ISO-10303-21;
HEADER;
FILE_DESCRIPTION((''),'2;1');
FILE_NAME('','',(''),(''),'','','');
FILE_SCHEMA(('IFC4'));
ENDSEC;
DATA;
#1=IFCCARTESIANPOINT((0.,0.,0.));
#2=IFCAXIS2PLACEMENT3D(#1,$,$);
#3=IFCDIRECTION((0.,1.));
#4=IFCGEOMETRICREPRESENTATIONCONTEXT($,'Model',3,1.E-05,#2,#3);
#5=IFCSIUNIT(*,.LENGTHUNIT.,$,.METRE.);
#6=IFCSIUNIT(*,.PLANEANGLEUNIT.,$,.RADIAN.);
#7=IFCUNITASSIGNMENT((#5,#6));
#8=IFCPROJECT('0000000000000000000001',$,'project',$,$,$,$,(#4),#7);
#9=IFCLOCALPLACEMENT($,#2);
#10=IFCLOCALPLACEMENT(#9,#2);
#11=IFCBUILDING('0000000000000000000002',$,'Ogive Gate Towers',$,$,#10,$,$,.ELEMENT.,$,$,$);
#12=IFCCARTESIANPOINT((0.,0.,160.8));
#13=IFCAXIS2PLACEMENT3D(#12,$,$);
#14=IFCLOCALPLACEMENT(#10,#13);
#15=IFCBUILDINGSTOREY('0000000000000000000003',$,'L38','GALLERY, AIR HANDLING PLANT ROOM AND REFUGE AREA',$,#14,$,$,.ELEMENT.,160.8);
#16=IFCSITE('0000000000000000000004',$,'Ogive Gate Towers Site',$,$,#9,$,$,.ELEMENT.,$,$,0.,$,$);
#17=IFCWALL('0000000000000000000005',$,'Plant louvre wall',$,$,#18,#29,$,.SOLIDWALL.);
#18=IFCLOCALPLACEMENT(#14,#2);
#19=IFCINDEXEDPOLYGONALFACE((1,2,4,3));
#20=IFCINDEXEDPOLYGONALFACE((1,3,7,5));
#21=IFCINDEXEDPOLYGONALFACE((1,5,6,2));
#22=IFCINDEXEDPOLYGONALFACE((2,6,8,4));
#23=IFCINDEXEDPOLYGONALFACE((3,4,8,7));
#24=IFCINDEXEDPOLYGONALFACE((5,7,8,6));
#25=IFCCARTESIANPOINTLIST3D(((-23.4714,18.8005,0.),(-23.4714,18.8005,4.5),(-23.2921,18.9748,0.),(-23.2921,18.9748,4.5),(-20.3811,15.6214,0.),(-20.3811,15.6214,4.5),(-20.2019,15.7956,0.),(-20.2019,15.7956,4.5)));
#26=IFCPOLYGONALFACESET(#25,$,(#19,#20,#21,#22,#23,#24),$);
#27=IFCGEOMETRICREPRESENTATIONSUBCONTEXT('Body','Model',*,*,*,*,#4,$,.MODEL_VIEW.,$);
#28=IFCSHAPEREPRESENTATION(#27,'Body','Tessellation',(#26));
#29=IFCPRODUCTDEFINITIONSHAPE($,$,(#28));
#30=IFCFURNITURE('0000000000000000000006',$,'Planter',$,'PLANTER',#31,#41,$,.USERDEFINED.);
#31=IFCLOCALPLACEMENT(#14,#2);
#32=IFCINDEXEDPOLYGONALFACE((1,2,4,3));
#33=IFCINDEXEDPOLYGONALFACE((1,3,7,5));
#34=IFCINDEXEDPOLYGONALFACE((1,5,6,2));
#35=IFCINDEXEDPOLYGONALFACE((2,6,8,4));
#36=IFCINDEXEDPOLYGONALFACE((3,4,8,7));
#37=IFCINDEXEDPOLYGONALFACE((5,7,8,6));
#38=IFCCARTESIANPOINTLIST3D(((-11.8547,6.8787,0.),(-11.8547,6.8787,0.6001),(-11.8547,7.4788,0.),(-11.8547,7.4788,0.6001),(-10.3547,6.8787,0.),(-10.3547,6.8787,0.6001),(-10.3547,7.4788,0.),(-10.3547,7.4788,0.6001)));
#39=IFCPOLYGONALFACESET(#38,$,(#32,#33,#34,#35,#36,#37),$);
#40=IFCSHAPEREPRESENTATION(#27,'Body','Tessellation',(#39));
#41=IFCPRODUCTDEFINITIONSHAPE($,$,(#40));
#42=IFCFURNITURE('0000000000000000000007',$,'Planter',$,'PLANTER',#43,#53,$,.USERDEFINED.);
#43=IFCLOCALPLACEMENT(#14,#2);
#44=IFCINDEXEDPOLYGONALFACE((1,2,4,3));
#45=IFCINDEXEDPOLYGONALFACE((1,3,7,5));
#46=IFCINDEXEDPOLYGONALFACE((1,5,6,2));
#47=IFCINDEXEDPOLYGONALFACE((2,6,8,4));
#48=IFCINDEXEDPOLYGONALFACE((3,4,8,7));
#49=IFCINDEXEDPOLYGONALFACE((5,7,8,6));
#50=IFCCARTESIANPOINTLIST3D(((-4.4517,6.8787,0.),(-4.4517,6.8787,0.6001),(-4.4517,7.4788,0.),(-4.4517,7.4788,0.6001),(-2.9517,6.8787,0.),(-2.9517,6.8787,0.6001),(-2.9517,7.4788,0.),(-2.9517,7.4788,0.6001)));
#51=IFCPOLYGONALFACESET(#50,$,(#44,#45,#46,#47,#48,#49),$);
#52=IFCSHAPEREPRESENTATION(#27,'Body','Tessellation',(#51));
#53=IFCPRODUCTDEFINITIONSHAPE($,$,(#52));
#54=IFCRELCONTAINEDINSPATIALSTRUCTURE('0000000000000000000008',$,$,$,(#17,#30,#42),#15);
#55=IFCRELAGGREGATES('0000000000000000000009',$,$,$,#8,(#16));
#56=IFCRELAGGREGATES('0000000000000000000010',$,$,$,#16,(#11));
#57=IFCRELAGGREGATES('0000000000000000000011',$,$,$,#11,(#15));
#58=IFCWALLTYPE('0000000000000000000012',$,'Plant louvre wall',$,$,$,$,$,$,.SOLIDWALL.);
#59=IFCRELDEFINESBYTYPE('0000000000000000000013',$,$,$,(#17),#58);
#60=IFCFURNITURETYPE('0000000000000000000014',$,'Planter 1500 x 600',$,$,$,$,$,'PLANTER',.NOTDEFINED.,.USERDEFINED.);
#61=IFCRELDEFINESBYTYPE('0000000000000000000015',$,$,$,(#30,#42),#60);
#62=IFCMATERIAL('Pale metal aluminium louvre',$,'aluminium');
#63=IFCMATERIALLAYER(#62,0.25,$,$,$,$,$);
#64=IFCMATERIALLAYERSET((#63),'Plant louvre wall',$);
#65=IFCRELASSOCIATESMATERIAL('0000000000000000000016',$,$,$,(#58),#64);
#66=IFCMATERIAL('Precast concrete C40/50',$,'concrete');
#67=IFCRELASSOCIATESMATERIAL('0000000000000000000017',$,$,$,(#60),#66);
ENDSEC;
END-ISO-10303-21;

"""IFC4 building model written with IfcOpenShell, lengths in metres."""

from ifc_helpers import new_model, si_unit, direction, frame, frame_2d, origin, origin_2d, place, context, subcontext, project, spatial, rectangle, extrude, material, layer, layer_set, type_object, element, save


model = new_model("IFC4")

# Units and contexts
model_context = context("Model", 3, precision=1e-05, world=origin(), true_north=direction((0.0, 1.0)))
body_context = subcontext(model_context, "Body", "Model", "MODEL_VIEW")
ifc_project = project(units=[si_unit("LENGTHUNIT", "METRE"), si_unit("PLANEANGLEUNIT", "RADIAN")], contexts=[model_context])

# Site, building, storey
site_placement = place(None, origin())
site = spatial("IfcSite", under=ifc_project, at=site_placement, Name="Ogive Gate Towers Site", CompositionType="ELEMENT", RefElevation=0.0)
building_placement = place(site_placement, origin())
building = spatial("IfcBuilding", under=site, at=building_placement, Name="Ogive Gate Towers", CompositionType="ELEMENT")
storey_placement = place(building_placement, frame((0.0, 0.0, 160.8)))
storey = spatial("IfcBuildingStorey", under=building, at=storey_placement, Name="L38", Description="GALLERY, AIR HANDLING PLANT ROOM AND REFUGE AREA", CompositionType="ELEMENT", Elevation=160.8)

# Wall
ifc_material_1 = material(Name="Pale metal aluminium louvre", Category="aluminium")
ifc_layer_1 = layer(ifc_material_1, 0.25)
ifc_layer_set_1 = layer_set([ifc_layer_1], Name="Plant louvre wall")
wall_type_1 = type_object("IfcWallType", Name="Plant louvre wall", PredefinedType="SOLIDWALL", material=ifc_layer_set_1)
wall_1_placement = place(storey_placement, frame((-20.2915, 15.7085, 0.0), z_axis=(0.0, 0.0, 1.0), x_axis=(-0.697014, 0.717058, 0.0)))
element("IfcWall", 1, at=wall_1_placement, inside=storey, type_object=wall_type_1, Name="Plant louvre wall", PredefinedType="SOLIDWALL", context=body_context, shape_type="SweptSolid", body=[
    extrude(rectangle(XDim=4.4336, YDim=0.25, at=frame_2d((2.2168, 0.0))), origin(), (0.0, 0.0, 1.0), 4.5),
])

# Furniture
ifc_material_2 = material(Name="Precast concrete C40/50", Category="concrete")
furniture_type = type_object("IfcFurnitureType", Name="Planter 1500 x 600", ElementType="PLANTER", AssemblyPlace="NOTDEFINED", PredefinedType="USERDEFINED", material=ifc_material_2)
for number, where, z_axis, x_axis, name in (
    (2, (-11.1047, 7.1787, 0.0), (0.0, 0.0, 1.0), (1.0, 0.0, 0.0), "Planter"),
    (3, (-3.7017, 7.1787, 0.0), (0.0, 0.0, 1.0), (1.0, 0.0, 0.0), "Planter"),
):
    element("IfcFurniture", number, at=place(storey_placement, frame(where, z_axis=z_axis, x_axis=x_axis)), inside=storey, type_object=furniture_type, Name=name, ObjectType="PLANTER", PredefinedType="USERDEFINED", context=body_context, shape_type="SweptSolid", body=[
        extrude(rectangle(XDim=1.5, YDim=0.6001, at=origin_2d()), origin(), (0.0, 0.0, 1.0), 0.6001),
    ])

save(model, "model.ifc")
